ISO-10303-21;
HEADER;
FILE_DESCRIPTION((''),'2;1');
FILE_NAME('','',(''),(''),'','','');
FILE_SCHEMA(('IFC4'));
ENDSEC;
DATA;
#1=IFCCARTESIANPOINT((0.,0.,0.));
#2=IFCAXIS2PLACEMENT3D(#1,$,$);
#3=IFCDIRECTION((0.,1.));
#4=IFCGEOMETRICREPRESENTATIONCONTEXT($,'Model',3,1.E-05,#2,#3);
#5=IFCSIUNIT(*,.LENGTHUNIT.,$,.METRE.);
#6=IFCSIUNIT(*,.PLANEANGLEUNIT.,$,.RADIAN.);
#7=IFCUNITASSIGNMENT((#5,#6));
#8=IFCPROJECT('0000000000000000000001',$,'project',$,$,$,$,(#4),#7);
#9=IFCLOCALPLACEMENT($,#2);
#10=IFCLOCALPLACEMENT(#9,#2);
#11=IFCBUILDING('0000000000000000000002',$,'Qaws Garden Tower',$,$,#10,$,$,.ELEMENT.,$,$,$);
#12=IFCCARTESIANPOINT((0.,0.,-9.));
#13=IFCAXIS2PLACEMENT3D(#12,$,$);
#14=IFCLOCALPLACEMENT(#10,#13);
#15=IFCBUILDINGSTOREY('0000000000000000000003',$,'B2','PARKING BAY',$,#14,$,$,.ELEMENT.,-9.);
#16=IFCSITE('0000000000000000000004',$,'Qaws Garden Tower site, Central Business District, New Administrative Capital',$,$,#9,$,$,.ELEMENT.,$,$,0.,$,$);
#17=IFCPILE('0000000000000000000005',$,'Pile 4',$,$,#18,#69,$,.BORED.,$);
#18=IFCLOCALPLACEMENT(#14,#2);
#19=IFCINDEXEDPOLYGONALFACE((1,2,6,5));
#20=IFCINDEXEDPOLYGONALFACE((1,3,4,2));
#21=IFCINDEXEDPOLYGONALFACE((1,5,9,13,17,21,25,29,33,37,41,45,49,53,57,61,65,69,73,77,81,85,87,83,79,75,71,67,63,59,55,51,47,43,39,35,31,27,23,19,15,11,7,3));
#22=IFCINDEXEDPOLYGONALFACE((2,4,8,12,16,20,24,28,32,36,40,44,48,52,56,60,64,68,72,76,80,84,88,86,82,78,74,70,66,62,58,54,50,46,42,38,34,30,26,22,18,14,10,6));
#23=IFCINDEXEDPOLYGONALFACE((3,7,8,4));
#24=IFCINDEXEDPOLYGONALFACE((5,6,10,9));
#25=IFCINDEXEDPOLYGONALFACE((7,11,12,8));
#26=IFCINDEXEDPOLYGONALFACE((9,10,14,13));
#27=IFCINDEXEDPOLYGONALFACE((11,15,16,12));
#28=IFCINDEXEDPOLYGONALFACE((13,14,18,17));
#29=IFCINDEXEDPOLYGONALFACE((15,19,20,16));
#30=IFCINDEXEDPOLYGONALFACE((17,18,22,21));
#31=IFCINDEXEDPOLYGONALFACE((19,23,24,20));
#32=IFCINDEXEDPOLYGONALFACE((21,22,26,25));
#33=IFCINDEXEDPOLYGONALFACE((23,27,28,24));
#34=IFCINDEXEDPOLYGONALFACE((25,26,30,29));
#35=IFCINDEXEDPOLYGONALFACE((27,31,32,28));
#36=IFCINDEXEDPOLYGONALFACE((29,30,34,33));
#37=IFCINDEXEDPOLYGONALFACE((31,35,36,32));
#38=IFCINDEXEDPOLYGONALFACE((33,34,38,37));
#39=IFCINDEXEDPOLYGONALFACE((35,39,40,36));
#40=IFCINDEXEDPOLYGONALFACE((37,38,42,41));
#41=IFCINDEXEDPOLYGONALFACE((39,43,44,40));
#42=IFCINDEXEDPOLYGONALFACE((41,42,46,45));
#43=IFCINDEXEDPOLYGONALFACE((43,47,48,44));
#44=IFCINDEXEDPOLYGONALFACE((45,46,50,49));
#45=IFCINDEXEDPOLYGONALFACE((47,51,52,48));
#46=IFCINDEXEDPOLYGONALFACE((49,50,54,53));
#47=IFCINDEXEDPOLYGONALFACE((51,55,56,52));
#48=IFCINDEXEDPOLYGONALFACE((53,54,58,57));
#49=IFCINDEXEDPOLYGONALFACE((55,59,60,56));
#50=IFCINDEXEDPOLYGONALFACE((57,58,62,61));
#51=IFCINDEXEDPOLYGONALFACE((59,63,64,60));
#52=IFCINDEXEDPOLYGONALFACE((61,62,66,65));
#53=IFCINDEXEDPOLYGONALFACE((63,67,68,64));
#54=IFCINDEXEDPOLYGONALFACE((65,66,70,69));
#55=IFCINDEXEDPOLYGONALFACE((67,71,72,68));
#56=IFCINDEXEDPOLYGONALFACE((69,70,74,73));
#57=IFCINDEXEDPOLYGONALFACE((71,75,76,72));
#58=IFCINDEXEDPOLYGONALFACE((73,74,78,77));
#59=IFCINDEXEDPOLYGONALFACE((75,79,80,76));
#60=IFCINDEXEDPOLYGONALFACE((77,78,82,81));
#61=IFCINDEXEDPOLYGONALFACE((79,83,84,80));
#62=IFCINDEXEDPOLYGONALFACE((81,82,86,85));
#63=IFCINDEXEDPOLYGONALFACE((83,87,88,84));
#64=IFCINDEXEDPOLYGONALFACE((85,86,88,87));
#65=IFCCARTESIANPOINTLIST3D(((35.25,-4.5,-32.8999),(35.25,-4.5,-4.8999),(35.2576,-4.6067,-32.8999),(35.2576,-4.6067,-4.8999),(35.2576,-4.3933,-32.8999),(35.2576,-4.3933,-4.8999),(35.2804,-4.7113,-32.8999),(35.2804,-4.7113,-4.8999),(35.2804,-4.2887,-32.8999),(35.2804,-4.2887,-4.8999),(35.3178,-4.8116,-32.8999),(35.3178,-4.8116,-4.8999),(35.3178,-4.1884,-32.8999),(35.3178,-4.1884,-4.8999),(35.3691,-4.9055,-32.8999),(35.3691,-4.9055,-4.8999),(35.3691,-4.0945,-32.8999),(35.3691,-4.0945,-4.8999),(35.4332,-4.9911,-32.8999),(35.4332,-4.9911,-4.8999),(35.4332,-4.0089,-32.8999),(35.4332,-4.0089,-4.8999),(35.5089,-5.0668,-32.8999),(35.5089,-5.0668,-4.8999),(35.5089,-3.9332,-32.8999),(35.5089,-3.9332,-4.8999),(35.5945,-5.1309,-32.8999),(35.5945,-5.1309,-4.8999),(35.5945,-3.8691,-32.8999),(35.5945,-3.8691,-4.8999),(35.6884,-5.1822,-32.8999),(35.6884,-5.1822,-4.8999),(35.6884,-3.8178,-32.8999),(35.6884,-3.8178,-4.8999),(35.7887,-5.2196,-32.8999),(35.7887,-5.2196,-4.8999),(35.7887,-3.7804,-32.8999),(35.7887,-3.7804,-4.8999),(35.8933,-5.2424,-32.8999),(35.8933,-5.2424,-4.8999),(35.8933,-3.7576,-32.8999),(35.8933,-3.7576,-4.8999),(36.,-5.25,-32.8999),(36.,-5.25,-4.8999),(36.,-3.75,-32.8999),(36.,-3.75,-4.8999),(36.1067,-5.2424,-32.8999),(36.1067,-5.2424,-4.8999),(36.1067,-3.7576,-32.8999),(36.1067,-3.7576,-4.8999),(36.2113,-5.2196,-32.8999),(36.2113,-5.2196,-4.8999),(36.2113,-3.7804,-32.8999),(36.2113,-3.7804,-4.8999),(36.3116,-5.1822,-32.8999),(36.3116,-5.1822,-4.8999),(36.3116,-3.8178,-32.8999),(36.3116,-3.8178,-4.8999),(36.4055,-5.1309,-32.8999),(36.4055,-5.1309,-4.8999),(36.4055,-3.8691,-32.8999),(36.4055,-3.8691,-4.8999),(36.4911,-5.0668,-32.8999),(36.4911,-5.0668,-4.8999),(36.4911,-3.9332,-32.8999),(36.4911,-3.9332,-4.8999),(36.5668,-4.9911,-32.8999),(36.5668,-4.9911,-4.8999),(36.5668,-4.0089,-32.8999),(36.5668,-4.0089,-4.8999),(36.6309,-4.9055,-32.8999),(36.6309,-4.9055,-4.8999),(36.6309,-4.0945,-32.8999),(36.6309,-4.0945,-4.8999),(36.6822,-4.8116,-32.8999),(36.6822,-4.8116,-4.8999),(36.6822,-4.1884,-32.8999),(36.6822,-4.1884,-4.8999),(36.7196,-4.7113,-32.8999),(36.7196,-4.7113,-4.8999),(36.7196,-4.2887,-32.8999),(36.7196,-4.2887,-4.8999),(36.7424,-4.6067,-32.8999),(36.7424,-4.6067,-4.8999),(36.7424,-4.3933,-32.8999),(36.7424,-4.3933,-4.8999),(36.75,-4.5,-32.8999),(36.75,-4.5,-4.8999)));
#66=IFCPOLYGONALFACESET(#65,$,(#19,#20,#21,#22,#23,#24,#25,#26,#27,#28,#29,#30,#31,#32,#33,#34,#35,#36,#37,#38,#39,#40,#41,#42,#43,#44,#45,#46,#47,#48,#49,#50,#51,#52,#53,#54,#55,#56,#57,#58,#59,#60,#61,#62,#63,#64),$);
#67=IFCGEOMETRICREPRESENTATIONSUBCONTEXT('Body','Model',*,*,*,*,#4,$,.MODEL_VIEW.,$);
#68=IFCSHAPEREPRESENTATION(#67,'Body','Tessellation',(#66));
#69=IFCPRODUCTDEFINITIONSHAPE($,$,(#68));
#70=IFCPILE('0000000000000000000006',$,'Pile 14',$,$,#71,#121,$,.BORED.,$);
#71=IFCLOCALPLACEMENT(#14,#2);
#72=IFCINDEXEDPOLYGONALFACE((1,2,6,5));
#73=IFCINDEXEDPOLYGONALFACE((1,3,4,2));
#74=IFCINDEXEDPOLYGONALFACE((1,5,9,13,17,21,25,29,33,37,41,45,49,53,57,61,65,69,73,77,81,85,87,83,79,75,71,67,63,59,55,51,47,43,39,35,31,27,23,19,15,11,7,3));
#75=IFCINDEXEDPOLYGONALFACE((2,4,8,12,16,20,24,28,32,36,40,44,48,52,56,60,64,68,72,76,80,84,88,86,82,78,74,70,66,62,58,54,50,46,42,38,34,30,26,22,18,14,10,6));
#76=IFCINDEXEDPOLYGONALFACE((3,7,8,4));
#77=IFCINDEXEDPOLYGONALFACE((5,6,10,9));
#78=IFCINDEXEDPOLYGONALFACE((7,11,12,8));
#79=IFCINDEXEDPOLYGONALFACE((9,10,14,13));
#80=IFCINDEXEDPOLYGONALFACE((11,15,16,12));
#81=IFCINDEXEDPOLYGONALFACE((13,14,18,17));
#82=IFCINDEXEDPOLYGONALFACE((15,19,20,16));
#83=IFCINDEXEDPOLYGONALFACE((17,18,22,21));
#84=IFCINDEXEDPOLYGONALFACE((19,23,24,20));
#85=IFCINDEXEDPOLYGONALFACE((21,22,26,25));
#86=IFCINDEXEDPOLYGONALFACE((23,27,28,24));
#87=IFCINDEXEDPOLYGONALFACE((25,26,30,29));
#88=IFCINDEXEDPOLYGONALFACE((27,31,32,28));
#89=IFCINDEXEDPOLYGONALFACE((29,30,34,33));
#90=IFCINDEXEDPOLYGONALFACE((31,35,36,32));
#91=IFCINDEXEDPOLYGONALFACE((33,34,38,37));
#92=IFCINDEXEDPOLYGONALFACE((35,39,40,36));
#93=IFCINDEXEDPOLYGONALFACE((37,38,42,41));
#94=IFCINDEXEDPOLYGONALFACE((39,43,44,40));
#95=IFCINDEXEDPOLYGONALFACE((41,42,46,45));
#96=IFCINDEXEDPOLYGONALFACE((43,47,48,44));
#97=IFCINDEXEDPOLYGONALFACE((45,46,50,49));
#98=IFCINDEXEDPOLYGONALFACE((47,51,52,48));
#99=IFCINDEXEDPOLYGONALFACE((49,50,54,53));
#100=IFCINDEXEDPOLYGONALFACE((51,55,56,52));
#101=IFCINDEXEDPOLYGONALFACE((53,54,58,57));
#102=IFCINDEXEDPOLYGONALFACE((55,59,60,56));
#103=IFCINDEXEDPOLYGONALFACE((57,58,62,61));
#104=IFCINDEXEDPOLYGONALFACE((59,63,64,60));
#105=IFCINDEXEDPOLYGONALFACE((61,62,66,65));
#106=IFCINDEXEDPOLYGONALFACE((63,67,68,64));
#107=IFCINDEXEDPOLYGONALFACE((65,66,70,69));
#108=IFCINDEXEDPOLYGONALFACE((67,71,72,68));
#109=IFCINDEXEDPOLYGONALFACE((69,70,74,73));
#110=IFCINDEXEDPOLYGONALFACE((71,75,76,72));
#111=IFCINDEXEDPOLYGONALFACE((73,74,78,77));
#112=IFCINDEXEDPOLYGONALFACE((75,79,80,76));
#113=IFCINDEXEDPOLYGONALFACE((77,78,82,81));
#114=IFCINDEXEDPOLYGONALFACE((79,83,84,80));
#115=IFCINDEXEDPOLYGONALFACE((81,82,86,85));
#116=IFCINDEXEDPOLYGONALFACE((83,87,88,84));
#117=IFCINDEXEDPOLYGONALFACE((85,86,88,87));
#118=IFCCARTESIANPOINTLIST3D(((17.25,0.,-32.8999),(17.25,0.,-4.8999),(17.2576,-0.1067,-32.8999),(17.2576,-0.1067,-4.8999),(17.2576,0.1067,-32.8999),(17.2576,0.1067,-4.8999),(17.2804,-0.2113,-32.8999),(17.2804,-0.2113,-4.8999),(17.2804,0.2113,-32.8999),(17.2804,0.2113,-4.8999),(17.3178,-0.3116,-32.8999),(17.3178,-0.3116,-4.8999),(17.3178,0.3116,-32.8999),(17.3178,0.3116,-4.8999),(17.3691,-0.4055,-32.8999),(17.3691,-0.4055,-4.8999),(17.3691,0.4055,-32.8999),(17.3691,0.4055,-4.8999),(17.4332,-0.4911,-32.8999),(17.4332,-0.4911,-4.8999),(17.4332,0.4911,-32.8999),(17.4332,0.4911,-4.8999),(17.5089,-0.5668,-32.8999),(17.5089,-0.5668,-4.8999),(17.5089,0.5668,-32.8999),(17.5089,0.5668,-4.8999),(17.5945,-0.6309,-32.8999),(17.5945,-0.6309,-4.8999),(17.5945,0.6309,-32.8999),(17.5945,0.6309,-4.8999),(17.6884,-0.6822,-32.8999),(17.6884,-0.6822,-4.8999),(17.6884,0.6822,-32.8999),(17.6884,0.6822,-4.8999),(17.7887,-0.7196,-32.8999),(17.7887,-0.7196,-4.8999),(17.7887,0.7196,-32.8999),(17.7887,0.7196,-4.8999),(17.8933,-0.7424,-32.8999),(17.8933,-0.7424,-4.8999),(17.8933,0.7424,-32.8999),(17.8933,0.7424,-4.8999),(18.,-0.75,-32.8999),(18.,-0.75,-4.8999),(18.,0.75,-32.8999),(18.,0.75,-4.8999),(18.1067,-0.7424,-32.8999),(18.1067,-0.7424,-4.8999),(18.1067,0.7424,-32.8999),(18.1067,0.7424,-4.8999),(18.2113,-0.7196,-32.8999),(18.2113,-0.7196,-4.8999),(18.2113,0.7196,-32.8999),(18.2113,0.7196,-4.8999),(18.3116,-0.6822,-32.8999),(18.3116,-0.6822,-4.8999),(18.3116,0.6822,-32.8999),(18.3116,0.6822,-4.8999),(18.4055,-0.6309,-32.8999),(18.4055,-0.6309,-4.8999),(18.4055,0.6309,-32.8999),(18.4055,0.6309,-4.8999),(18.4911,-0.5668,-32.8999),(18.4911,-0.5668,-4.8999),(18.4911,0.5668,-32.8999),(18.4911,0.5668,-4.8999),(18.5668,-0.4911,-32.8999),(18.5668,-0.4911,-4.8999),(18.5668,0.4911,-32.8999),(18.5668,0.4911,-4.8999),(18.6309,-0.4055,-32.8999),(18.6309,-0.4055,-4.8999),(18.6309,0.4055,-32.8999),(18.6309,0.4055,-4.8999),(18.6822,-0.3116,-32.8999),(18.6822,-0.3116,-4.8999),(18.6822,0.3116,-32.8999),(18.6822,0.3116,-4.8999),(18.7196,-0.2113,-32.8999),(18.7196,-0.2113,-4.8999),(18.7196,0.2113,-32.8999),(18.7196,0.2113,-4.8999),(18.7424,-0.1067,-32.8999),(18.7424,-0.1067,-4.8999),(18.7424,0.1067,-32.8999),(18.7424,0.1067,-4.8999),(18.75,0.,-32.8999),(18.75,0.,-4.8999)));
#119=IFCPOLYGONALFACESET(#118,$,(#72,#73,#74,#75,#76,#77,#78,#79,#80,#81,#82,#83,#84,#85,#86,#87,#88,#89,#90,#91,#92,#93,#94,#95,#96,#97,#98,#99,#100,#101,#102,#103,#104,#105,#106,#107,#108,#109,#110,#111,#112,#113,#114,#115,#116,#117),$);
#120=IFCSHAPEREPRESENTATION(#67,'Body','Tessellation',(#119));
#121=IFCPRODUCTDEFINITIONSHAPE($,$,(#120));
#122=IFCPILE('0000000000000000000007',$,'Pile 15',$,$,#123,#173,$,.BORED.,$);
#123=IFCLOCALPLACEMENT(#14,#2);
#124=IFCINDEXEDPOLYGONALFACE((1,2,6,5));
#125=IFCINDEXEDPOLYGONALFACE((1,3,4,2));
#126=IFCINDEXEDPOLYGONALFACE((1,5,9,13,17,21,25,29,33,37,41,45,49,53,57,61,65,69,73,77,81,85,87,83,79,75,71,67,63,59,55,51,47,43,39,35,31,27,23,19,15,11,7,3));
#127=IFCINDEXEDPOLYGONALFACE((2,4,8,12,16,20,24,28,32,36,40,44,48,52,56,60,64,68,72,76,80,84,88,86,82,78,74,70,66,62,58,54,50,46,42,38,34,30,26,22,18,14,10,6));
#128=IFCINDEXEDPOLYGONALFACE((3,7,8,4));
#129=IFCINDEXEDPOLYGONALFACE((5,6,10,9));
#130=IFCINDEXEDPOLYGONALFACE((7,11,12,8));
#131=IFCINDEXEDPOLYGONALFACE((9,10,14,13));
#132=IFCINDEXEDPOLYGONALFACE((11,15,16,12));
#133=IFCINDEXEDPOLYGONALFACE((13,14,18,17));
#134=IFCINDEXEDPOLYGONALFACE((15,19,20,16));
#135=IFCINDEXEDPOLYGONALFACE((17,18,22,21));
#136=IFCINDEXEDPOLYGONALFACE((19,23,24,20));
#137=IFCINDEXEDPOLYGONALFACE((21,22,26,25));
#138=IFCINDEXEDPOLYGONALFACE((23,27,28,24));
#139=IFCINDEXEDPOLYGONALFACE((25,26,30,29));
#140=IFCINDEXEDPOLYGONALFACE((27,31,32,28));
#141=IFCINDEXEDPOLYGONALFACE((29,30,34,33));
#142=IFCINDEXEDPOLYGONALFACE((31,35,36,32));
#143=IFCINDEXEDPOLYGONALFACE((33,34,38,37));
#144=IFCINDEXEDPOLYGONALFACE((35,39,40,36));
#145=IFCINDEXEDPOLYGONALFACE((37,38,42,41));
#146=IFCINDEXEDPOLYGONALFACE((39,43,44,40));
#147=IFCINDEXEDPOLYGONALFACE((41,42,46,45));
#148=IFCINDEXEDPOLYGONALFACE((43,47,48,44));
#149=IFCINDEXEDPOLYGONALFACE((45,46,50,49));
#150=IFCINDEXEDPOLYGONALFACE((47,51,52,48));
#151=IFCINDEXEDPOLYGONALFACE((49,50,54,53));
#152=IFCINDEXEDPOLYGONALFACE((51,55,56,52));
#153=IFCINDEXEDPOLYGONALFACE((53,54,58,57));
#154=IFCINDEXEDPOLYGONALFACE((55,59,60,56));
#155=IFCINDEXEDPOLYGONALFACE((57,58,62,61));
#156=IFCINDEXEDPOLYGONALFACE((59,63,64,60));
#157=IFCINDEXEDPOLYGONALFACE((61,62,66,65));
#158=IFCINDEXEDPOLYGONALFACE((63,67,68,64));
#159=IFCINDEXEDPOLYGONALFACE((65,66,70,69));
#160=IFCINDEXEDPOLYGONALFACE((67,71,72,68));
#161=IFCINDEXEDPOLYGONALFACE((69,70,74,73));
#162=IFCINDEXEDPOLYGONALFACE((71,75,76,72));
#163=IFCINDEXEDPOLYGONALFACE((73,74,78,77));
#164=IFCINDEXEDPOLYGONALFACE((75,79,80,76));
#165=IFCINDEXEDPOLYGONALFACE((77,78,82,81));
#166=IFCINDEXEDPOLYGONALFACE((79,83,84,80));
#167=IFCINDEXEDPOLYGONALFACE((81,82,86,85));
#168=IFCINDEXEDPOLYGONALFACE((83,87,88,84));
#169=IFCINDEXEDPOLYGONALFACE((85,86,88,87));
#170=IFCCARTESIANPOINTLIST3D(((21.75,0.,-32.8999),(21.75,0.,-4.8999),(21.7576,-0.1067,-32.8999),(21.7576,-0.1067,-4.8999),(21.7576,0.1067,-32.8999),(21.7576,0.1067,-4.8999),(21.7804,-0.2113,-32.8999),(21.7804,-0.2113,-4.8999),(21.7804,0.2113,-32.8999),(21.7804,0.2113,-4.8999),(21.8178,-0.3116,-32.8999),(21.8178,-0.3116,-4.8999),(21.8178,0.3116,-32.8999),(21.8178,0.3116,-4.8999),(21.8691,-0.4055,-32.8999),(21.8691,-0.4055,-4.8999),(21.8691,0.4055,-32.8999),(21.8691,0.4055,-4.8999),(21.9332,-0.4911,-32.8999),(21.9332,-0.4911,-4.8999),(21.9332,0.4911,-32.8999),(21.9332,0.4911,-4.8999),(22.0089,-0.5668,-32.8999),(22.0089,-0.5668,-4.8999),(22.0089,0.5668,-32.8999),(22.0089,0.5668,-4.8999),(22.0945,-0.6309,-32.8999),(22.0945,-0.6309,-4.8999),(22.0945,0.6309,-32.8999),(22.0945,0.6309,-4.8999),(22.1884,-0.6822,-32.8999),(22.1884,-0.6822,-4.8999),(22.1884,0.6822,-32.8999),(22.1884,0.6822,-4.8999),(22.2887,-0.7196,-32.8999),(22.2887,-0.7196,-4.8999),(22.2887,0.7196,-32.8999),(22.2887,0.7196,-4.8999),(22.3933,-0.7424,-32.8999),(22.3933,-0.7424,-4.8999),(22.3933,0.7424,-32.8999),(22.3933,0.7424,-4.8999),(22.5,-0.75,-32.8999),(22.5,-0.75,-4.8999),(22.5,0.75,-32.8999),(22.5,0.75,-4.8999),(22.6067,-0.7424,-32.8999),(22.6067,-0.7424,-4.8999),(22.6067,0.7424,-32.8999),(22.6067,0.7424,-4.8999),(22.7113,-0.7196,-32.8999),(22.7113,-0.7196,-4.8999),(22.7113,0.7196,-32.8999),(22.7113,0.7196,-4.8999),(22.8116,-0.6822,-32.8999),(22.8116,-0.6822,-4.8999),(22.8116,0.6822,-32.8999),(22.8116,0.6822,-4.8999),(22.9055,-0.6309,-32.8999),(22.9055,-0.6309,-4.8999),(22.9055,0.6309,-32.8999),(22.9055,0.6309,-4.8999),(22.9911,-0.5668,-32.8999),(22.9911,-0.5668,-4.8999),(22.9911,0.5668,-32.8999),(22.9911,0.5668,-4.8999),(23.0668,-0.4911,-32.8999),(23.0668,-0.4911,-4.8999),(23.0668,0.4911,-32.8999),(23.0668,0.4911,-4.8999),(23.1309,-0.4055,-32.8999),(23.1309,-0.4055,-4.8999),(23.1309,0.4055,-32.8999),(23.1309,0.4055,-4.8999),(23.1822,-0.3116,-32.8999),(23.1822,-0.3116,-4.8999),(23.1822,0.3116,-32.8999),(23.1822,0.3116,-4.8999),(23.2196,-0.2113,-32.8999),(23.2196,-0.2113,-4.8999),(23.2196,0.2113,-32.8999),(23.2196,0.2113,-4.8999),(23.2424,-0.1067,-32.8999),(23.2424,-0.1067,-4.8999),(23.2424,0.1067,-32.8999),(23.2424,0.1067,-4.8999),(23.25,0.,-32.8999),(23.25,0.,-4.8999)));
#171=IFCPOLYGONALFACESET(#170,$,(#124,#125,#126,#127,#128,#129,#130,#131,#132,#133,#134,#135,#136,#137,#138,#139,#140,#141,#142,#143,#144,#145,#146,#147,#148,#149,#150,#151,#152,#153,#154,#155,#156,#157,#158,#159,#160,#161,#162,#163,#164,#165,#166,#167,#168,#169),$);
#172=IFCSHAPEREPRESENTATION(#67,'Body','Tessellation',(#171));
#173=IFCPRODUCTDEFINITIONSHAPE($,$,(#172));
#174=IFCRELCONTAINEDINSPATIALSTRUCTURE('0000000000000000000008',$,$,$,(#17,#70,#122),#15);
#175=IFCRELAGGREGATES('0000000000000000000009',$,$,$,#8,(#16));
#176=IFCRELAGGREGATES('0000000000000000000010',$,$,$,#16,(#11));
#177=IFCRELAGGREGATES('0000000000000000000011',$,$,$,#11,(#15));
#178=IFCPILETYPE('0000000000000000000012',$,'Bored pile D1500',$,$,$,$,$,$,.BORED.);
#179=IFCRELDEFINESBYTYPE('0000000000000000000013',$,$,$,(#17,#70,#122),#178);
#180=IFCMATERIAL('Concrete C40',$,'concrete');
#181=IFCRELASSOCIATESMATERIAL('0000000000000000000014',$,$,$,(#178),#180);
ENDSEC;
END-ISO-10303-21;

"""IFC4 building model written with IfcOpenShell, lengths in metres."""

from ifc_helpers import new_model, si_unit, direction, frame, origin, origin_2d, place, context, subcontext, project, spatial, circle, extrude, material, material_profile, profile_set, type_object, element, save


model = new_model("IFC4")

# Units and contexts
model_context = context("Model", 3, precision=1e-05, world=origin(), true_north=direction((0.0, 1.0)))
body_context = subcontext(model_context, "Body", "Model", "MODEL_VIEW")
ifc_project = project(units=[si_unit("LENGTHUNIT", "METRE"), si_unit("PLANEANGLEUNIT", "RADIAN")], contexts=[model_context])

# Site, building, storey
site_placement = place(None, origin())
site = spatial("IfcSite", under=ifc_project, at=site_placement, Name="Qaws Garden Tower site, Central Business District, New Administrative Capital", CompositionType="ELEMENT", RefElevation=0.0)
building_placement = place(site_placement, origin())
building = spatial("IfcBuilding", under=site, at=building_placement, Name="Qaws Garden Tower", CompositionType="ELEMENT")
storey_placement = place(building_placement, frame((0.0, 0.0, -9.0)))
storey = spatial("IfcBuildingStorey", under=building, at=storey_placement, Name="B2", Description="PARKING BAY", CompositionType="ELEMENT", Elevation=-9.0)

# Piles
ifc_material_1 = material(Name="Concrete C40", Category="concrete")
ifc_material_profile_1 = material_profile(ifc_material_1, circle(Radius=0.75, at=origin_2d()), Name="Bored pile D1500")
ifc_profile_set_1 = profile_set([ifc_material_profile_1], Name="Concrete C40")
pile_type = type_object("IfcPileType", Name="Bored pile D1500", PredefinedType="BORED", material=ifc_profile_set_1)
for number, where, z_axis, x_axis, name in (
    (1, (36.0, -4.5, -4.8999), (0.0, 0.0, -1.0), (1.0, 0.0, 0.0), "Pile 4"),
    (2, (18.0, 0.0, -4.8999), (0.0, 0.0, -1.0), (1.0, 0.0, 0.0), "Pile 14"),
    (3, (22.5, 0.0, -4.8999), (0.0, 0.0, -1.0), (1.0, 0.0, 0.0), "Pile 15"),
):
    element("IfcPile", number, at=place(storey_placement, frame(where, z_axis=z_axis, x_axis=x_axis)), inside=storey, type_object=pile_type, Name=name, PredefinedType="BORED", context=body_context, shape_type="SweptSolid", body=[
        extrude(circle(Radius=0.75, at=origin_2d()), origin(), (0.0, 0.0, 1.0), 28.0),
    ])

save(model, "model.ifc")
